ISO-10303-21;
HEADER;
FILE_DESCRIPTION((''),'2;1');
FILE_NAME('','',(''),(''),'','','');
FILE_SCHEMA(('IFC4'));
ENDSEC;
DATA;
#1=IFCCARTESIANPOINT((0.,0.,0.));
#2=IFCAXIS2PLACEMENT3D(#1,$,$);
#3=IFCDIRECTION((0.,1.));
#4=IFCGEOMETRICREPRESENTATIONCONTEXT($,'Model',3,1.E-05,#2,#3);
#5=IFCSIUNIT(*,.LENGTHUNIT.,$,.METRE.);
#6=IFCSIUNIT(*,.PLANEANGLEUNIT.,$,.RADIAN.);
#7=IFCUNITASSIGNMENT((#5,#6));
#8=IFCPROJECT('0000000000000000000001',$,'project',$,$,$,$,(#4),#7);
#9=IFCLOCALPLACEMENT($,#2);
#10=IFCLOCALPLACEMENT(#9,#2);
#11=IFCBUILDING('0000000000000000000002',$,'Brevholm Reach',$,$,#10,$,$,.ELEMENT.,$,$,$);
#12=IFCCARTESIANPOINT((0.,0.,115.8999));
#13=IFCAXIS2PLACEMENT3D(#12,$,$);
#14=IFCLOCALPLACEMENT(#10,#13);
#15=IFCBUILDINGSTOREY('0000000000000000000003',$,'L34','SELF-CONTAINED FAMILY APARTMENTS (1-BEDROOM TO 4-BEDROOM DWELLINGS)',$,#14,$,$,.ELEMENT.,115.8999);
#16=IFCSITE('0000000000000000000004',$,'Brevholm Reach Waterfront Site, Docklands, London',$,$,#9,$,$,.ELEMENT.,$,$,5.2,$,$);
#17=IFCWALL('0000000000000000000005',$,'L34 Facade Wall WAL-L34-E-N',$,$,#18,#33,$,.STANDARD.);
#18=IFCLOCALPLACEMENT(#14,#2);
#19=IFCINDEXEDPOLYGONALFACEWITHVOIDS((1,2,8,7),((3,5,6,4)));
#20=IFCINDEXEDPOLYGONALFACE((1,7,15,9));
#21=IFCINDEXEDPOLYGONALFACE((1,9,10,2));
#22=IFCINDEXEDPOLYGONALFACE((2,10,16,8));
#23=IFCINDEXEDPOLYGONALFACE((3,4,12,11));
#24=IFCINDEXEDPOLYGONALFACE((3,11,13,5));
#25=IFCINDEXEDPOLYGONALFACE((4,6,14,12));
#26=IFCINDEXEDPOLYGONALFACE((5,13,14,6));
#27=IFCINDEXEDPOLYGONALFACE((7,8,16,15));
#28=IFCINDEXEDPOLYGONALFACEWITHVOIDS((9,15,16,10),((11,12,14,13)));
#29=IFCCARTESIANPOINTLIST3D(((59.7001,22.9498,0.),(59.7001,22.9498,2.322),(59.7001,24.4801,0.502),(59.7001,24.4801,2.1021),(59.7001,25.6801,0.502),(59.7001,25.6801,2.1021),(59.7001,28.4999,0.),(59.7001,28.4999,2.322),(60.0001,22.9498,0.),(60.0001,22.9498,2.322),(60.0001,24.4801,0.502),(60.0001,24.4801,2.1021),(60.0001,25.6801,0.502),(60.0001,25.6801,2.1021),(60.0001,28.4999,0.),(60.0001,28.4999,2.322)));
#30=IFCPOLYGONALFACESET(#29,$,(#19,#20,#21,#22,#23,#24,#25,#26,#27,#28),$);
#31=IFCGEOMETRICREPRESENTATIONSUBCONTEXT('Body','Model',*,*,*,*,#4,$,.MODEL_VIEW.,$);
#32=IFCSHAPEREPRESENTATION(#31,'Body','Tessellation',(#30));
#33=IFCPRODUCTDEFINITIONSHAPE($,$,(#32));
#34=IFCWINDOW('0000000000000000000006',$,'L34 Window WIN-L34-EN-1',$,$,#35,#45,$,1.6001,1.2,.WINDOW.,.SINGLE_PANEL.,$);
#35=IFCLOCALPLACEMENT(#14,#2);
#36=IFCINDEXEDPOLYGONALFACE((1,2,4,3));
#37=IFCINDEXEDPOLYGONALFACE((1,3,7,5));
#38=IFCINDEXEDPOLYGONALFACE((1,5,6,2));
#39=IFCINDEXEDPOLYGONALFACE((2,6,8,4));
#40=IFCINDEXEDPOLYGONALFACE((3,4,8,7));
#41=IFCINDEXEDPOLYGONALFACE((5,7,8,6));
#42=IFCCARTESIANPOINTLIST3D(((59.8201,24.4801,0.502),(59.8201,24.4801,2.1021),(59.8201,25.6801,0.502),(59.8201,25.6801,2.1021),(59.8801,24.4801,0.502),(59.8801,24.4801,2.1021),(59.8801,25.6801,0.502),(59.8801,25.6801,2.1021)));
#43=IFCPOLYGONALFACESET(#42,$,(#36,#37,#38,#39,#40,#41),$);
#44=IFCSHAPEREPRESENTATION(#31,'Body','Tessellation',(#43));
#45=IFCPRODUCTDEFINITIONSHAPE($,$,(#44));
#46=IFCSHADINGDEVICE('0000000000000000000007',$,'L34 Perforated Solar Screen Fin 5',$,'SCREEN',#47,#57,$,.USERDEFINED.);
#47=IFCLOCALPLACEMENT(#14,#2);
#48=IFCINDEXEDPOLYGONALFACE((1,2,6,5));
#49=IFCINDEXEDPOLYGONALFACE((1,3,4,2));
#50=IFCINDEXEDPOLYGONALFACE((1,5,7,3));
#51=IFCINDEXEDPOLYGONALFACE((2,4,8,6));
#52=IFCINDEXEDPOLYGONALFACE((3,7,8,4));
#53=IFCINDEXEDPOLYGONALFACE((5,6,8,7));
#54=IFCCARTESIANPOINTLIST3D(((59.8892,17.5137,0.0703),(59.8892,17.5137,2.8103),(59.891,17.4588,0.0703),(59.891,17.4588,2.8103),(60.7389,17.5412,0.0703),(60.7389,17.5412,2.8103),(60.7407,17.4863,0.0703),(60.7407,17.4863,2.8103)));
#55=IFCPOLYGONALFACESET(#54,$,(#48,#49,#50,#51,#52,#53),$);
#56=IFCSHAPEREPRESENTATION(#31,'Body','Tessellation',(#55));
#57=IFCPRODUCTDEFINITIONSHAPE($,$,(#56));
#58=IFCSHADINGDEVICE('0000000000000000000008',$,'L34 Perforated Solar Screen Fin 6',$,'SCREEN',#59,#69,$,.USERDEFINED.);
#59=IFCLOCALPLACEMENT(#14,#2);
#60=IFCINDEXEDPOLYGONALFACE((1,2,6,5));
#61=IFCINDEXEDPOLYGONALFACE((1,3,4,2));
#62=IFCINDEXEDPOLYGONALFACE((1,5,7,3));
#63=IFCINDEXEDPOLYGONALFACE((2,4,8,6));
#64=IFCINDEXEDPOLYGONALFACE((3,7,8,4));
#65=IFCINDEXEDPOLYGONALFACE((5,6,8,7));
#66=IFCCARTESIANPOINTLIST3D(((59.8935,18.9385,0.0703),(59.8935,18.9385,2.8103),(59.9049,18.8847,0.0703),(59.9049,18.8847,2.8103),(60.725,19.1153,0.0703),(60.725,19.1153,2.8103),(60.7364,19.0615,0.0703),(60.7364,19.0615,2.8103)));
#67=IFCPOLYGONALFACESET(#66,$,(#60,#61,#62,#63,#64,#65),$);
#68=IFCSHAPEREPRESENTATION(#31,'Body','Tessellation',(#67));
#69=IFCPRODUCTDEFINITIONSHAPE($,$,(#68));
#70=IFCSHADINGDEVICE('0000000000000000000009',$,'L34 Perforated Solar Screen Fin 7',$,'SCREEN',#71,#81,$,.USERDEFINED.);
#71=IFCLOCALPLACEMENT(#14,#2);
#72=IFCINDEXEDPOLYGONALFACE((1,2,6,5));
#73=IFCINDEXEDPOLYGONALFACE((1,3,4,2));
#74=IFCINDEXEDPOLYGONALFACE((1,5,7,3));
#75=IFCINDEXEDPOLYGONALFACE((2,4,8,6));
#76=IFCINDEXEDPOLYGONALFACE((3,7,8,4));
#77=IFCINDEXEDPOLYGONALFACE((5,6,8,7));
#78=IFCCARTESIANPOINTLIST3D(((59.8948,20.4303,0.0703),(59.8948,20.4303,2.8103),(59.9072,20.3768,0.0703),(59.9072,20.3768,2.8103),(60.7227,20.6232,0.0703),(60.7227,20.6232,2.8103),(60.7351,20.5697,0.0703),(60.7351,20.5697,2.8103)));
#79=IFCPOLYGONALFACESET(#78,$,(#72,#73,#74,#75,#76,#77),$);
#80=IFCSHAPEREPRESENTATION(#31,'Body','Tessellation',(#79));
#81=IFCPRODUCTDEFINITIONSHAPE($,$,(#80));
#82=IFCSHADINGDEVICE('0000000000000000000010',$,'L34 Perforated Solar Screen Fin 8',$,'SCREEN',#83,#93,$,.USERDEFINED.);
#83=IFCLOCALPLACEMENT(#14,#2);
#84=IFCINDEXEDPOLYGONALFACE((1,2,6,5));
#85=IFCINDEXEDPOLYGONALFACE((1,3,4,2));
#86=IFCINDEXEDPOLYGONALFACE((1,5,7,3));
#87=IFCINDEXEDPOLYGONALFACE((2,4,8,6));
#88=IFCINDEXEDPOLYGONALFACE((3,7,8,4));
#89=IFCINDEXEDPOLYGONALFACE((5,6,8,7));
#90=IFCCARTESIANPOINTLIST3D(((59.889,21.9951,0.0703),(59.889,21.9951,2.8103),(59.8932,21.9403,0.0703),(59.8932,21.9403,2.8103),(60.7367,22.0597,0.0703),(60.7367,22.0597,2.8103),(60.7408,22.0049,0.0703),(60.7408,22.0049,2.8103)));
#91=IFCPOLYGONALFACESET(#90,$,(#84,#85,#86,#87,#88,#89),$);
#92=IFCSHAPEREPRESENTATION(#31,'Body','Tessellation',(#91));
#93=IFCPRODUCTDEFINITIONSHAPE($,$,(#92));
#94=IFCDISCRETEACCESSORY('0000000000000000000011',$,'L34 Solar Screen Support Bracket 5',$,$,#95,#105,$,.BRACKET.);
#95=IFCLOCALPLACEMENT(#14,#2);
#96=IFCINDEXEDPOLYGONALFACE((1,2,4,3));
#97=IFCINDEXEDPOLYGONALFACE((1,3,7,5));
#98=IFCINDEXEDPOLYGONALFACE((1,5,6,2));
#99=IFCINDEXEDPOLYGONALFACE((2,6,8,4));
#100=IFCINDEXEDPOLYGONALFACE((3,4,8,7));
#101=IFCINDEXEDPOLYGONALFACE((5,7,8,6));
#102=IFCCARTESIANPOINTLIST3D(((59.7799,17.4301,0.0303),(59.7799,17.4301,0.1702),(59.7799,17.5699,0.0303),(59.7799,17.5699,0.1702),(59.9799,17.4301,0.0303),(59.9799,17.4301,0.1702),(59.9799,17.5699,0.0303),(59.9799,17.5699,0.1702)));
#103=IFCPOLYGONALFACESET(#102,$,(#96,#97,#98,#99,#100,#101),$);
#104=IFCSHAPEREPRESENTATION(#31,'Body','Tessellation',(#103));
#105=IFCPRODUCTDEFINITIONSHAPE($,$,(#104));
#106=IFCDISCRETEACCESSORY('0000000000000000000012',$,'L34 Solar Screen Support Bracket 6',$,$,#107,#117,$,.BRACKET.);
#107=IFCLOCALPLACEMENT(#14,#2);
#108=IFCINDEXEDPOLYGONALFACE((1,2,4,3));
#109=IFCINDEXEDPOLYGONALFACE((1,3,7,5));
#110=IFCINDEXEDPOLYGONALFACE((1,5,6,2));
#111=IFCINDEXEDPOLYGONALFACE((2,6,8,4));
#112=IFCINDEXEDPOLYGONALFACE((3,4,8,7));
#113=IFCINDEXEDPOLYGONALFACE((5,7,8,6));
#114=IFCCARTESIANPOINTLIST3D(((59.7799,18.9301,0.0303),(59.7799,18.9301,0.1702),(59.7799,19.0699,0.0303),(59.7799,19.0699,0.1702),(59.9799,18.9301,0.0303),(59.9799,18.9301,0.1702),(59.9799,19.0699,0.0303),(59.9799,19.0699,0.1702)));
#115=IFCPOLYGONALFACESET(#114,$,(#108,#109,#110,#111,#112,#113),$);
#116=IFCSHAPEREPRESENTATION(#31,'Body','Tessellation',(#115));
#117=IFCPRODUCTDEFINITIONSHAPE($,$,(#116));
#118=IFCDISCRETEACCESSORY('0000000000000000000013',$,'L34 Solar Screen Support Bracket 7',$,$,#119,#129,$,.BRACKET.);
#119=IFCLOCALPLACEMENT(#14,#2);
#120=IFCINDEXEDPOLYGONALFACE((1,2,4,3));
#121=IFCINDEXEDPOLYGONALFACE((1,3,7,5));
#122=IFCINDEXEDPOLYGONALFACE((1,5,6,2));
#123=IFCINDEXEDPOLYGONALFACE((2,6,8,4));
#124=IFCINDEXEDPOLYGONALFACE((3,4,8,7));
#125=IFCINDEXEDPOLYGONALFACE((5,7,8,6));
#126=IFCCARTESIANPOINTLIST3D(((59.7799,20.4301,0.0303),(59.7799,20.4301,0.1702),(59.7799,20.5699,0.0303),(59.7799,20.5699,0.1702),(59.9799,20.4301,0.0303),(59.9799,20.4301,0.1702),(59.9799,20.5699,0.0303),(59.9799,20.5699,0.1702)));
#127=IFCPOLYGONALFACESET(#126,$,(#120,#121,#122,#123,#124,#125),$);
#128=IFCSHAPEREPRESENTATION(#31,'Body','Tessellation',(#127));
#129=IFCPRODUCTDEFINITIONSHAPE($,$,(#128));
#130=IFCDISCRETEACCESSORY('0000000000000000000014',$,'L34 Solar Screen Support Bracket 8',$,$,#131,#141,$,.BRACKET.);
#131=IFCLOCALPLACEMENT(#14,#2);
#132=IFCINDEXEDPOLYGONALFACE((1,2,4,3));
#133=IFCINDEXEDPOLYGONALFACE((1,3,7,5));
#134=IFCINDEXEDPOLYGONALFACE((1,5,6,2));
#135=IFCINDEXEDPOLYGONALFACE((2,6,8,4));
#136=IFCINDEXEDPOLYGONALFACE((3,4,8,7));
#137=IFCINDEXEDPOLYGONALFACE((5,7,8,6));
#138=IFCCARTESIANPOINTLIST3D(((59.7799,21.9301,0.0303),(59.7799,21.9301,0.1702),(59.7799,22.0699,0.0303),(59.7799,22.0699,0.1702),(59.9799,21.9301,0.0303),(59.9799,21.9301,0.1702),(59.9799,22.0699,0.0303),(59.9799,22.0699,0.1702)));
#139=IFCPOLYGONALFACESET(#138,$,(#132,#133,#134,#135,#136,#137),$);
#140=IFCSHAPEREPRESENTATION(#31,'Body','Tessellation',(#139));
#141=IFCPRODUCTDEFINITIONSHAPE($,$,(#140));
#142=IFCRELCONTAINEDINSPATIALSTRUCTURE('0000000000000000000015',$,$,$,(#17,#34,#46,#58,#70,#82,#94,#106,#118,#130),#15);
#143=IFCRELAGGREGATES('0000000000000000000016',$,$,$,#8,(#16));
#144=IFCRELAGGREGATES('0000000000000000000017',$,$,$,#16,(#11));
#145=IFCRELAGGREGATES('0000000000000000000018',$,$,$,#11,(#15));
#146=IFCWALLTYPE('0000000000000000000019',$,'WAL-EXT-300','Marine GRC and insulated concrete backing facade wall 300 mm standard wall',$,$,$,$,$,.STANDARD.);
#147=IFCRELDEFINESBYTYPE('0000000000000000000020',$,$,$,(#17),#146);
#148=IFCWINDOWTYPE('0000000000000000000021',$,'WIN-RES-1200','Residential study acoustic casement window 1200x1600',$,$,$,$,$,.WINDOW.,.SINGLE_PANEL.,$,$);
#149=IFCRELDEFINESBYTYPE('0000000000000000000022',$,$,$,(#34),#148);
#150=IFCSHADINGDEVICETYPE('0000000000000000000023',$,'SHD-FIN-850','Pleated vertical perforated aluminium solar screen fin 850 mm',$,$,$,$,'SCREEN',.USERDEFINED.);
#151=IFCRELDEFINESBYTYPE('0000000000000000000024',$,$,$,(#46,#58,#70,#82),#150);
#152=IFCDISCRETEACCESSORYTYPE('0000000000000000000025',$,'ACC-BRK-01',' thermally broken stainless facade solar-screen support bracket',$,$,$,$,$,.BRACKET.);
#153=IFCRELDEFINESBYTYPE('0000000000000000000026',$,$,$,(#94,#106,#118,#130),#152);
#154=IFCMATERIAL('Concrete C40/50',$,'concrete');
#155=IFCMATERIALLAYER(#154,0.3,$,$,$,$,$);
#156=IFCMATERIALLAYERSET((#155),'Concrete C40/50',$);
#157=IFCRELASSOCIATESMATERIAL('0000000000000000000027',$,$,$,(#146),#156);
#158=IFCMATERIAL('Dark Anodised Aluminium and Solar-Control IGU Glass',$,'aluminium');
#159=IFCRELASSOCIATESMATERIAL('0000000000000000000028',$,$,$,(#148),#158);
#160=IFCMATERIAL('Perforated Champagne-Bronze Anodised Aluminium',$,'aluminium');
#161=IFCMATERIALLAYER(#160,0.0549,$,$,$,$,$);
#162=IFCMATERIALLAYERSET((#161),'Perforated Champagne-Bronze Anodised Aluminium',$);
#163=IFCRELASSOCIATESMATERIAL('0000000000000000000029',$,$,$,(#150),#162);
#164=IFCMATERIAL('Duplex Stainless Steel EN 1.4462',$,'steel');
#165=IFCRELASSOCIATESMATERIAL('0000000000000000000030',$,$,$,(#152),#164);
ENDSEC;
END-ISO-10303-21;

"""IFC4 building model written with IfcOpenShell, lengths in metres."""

from ifc_helpers import new_model, si_unit, direction, frame, frame_2d, origin, origin_2d, place, context, subcontext, project, spatial, rectangle, extrude, material, layer, layer_set, type_object, element, fill, save


model = new_model("IFC4")

# Units and contexts
model_context = context("Model", 3, precision=1e-05, world=origin(), true_north=direction((0.0, 1.0)))
body_context = subcontext(model_context, "Body", "Model", "MODEL_VIEW")
ifc_project = project(units=[si_unit("LENGTHUNIT", "METRE"), si_unit("PLANEANGLEUNIT", "RADIAN")], contexts=[model_context])

# Site, building, storey
site_placement = place(None, origin())
site = spatial("IfcSite", under=ifc_project, at=site_placement, Name="Brevholm Reach Waterfront Site, Docklands, London", CompositionType="ELEMENT", RefElevation=5.2)
building_placement = place(site_placement, origin())
building = spatial("IfcBuilding", under=site, at=building_placement, Name="Brevholm Reach", CompositionType="ELEMENT")
storey_placement = place(building_placement, frame((0.0, 0.0, 115.8999)))
storey = spatial("IfcBuildingStorey", under=building, at=storey_placement, Name="L34", Description="SELF-CONTAINED FAMILY APARTMENTS (1-BEDROOM TO 4-BEDROOM DWELLINGS)", CompositionType="ELEMENT", Elevation=115.8999)

# Wall, opening, window
ifc_material_1 = material(Name="Concrete C40/50", Category="concrete")
ifc_layer_1 = layer(ifc_material_1, 0.3)
ifc_layer_set_1 = layer_set([ifc_layer_1], Name="Concrete C40/50")
wall_type = type_object("IfcWallType", Name="WAL-EXT-300", Description="Marine GRC and insulated concrete backing facade wall 300 mm standard wall", PredefinedType="STANDARD", material=ifc_layer_set_1)
wall_placement = place(storey_placement, frame((59.8501, 22.95, 0.0), z_axis=(0.0, 0.0, 1.0), x_axis=(0.0, 1.0, 0.0)))
wall = element("IfcWall", 1, at=wall_placement, inside=storey, type_object=wall_type, Name="L34 Facade Wall WAL-L34-E-N", PredefinedType="STANDARD", context=body_context, shape_type="SweptSolid", body=[
    extrude(rectangle(XDim=5.55, YDim=0.3, at=frame_2d((2.7749, 0.0))), origin(), (0.0, 0.0, 1.0), 2.322),
])
opening_placement = place(wall_placement, frame((1.53, 0.0, 0.502)))
opening = element("IfcOpeningElement", 2, at=opening_placement, cuts=wall, PredefinedType="OPENING", context=body_context, shape_type="SweptSolid", body=[
    extrude(rectangle(XDim=1.2, YDim=1.6001, at=frame_2d((0.6001, 0.8))), frame((0.0, 0.1599, 0.0), z_axis=(0.0, -1.0, 0.0), x_axis=(1.0, 0.0, 0.0)), (0.0, 0.0, 1.0), 0.3201),
])
ifc_material_2 = material(Name="Dark Anodised Aluminium and Solar-Control IGU Glass", Category="aluminium")
window_type = type_object("IfcWindowType", Name="WIN-RES-1200", Description="Residential study acoustic casement window 1200x1600", PartitioningType="SINGLE_PANEL", PredefinedType="WINDOW", material=ifc_material_2)
window_placement = place(opening_placement, origin())
window = element("IfcWindow", 3, at=window_placement, inside=storey, type_object=window_type, Name="L34 Window WIN-L34-EN-1", OverallHeight=1.6001, OverallWidth=1.2, PartitioningType="SINGLE_PANEL", PredefinedType="WINDOW", context=body_context, shape_type="SweptSolid", body=[
    extrude(rectangle(XDim=1.2, YDim=1.6001, at=frame_2d((0.6001, 0.8))), frame((0.0, 0.03, 0.0), z_axis=(0.0, -1.0, 0.0), x_axis=(1.0, 0.0, 0.0)), (0.0, 0.0, 1.0), 0.0601),
])
fill(opening, window)

# Shading devices
ifc_material_3 = material(Name="Perforated Champagne-Bronze Anodised Aluminium", Category="aluminium")
ifc_layer_2 = layer(ifc_material_3, 0.0549)
ifc_layer_set_2 = layer_set([ifc_layer_2], Name="Perforated Champagne-Bronze Anodised Aluminium")
shading_device_type = type_object("IfcShadingDeviceType", Name="SHD-FIN-850", Description="Pleated vertical perforated aluminium solar screen fin 850 mm", ElementType="SCREEN", PredefinedType="USERDEFINED", material=ifc_layer_set_2)
for number, where, z_axis, x_axis, name in (
    (4, (60.3149, 17.5, 0.0703), (0.0, 0.0, 1.0), (0.999479, 0.032266, 0.0), "L34 Perforated Solar Screen Fin 5"),
    (5, (60.3149, 19.0, 0.0703), (0.0, 0.0, 1.0), (0.97814, 0.207946, 0.0), "L34 Perforated Solar Screen Fin 6"),
    (6, (60.3149, 20.5, 0.0703), (0.0, 0.0, 1.0), (0.973905, 0.226957, 0.0), "L34 Perforated Solar Screen Fin 7"),
    (7, (60.3149, 22.0, 0.0703), (0.0, 0.0, 1.0), (0.997111, 0.075953, 0.0), "L34 Perforated Solar Screen Fin 8"),
):
    element("IfcShadingDevice", number, at=place(storey_placement, frame(where, z_axis=z_axis, x_axis=x_axis)), inside=storey, type_object=shading_device_type, Name=name, ObjectType="SCREEN", PredefinedType="USERDEFINED", context=body_context, shape_type="SweptSolid", body=[
        extrude(rectangle(XDim=0.8501, YDim=0.0549, at=origin_2d()), origin(), (0.0, 0.0, 1.0), 2.74),
    ])

# Discrete accessories
ifc_material_4 = material(Name="Duplex Stainless Steel EN 1.4462", Category="steel")
discrete_accessory_type = type_object("IfcDiscreteAccessoryType", Name="ACC-BRK-01", Description=" thermally broken stainless facade solar-screen support bracket", PredefinedType="BRACKET", material=ifc_material_4)
for number, where, z_axis, x_axis, name in (
    (8, (59.8799, 17.5, 0.0303), (0.0, 0.0, 1.0), (1.0, 0.0, 0.0), "L34 Solar Screen Support Bracket 5"),
    (9, (59.8799, 19.0, 0.0303), (0.0, 0.0, 1.0), (1.0, 0.0, 0.0), "L34 Solar Screen Support Bracket 6"),
    (10, (59.8799, 20.5, 0.0303), (0.0, 0.0, 1.0), (1.0, 0.0, 0.0), "L34 Solar Screen Support Bracket 7"),
    (11, (59.8799, 22.0, 0.0303), (0.0, 0.0, 1.0), (1.0, 0.0, 0.0), "L34 Solar Screen Support Bracket 8"),
):
    element("IfcDiscreteAccessory", number, at=place(storey_placement, frame(where, z_axis=z_axis, x_axis=x_axis)), inside=storey, type_object=discrete_accessory_type, Name=name, PredefinedType="BRACKET", context=body_context, shape_type="SweptSolid", body=[
        extrude(rectangle(XDim=0.2, YDim=0.1399, at=origin_2d()), origin(), (0.0, 0.0, 1.0), 0.1399),
    ])

save(model, "model.ifc")
